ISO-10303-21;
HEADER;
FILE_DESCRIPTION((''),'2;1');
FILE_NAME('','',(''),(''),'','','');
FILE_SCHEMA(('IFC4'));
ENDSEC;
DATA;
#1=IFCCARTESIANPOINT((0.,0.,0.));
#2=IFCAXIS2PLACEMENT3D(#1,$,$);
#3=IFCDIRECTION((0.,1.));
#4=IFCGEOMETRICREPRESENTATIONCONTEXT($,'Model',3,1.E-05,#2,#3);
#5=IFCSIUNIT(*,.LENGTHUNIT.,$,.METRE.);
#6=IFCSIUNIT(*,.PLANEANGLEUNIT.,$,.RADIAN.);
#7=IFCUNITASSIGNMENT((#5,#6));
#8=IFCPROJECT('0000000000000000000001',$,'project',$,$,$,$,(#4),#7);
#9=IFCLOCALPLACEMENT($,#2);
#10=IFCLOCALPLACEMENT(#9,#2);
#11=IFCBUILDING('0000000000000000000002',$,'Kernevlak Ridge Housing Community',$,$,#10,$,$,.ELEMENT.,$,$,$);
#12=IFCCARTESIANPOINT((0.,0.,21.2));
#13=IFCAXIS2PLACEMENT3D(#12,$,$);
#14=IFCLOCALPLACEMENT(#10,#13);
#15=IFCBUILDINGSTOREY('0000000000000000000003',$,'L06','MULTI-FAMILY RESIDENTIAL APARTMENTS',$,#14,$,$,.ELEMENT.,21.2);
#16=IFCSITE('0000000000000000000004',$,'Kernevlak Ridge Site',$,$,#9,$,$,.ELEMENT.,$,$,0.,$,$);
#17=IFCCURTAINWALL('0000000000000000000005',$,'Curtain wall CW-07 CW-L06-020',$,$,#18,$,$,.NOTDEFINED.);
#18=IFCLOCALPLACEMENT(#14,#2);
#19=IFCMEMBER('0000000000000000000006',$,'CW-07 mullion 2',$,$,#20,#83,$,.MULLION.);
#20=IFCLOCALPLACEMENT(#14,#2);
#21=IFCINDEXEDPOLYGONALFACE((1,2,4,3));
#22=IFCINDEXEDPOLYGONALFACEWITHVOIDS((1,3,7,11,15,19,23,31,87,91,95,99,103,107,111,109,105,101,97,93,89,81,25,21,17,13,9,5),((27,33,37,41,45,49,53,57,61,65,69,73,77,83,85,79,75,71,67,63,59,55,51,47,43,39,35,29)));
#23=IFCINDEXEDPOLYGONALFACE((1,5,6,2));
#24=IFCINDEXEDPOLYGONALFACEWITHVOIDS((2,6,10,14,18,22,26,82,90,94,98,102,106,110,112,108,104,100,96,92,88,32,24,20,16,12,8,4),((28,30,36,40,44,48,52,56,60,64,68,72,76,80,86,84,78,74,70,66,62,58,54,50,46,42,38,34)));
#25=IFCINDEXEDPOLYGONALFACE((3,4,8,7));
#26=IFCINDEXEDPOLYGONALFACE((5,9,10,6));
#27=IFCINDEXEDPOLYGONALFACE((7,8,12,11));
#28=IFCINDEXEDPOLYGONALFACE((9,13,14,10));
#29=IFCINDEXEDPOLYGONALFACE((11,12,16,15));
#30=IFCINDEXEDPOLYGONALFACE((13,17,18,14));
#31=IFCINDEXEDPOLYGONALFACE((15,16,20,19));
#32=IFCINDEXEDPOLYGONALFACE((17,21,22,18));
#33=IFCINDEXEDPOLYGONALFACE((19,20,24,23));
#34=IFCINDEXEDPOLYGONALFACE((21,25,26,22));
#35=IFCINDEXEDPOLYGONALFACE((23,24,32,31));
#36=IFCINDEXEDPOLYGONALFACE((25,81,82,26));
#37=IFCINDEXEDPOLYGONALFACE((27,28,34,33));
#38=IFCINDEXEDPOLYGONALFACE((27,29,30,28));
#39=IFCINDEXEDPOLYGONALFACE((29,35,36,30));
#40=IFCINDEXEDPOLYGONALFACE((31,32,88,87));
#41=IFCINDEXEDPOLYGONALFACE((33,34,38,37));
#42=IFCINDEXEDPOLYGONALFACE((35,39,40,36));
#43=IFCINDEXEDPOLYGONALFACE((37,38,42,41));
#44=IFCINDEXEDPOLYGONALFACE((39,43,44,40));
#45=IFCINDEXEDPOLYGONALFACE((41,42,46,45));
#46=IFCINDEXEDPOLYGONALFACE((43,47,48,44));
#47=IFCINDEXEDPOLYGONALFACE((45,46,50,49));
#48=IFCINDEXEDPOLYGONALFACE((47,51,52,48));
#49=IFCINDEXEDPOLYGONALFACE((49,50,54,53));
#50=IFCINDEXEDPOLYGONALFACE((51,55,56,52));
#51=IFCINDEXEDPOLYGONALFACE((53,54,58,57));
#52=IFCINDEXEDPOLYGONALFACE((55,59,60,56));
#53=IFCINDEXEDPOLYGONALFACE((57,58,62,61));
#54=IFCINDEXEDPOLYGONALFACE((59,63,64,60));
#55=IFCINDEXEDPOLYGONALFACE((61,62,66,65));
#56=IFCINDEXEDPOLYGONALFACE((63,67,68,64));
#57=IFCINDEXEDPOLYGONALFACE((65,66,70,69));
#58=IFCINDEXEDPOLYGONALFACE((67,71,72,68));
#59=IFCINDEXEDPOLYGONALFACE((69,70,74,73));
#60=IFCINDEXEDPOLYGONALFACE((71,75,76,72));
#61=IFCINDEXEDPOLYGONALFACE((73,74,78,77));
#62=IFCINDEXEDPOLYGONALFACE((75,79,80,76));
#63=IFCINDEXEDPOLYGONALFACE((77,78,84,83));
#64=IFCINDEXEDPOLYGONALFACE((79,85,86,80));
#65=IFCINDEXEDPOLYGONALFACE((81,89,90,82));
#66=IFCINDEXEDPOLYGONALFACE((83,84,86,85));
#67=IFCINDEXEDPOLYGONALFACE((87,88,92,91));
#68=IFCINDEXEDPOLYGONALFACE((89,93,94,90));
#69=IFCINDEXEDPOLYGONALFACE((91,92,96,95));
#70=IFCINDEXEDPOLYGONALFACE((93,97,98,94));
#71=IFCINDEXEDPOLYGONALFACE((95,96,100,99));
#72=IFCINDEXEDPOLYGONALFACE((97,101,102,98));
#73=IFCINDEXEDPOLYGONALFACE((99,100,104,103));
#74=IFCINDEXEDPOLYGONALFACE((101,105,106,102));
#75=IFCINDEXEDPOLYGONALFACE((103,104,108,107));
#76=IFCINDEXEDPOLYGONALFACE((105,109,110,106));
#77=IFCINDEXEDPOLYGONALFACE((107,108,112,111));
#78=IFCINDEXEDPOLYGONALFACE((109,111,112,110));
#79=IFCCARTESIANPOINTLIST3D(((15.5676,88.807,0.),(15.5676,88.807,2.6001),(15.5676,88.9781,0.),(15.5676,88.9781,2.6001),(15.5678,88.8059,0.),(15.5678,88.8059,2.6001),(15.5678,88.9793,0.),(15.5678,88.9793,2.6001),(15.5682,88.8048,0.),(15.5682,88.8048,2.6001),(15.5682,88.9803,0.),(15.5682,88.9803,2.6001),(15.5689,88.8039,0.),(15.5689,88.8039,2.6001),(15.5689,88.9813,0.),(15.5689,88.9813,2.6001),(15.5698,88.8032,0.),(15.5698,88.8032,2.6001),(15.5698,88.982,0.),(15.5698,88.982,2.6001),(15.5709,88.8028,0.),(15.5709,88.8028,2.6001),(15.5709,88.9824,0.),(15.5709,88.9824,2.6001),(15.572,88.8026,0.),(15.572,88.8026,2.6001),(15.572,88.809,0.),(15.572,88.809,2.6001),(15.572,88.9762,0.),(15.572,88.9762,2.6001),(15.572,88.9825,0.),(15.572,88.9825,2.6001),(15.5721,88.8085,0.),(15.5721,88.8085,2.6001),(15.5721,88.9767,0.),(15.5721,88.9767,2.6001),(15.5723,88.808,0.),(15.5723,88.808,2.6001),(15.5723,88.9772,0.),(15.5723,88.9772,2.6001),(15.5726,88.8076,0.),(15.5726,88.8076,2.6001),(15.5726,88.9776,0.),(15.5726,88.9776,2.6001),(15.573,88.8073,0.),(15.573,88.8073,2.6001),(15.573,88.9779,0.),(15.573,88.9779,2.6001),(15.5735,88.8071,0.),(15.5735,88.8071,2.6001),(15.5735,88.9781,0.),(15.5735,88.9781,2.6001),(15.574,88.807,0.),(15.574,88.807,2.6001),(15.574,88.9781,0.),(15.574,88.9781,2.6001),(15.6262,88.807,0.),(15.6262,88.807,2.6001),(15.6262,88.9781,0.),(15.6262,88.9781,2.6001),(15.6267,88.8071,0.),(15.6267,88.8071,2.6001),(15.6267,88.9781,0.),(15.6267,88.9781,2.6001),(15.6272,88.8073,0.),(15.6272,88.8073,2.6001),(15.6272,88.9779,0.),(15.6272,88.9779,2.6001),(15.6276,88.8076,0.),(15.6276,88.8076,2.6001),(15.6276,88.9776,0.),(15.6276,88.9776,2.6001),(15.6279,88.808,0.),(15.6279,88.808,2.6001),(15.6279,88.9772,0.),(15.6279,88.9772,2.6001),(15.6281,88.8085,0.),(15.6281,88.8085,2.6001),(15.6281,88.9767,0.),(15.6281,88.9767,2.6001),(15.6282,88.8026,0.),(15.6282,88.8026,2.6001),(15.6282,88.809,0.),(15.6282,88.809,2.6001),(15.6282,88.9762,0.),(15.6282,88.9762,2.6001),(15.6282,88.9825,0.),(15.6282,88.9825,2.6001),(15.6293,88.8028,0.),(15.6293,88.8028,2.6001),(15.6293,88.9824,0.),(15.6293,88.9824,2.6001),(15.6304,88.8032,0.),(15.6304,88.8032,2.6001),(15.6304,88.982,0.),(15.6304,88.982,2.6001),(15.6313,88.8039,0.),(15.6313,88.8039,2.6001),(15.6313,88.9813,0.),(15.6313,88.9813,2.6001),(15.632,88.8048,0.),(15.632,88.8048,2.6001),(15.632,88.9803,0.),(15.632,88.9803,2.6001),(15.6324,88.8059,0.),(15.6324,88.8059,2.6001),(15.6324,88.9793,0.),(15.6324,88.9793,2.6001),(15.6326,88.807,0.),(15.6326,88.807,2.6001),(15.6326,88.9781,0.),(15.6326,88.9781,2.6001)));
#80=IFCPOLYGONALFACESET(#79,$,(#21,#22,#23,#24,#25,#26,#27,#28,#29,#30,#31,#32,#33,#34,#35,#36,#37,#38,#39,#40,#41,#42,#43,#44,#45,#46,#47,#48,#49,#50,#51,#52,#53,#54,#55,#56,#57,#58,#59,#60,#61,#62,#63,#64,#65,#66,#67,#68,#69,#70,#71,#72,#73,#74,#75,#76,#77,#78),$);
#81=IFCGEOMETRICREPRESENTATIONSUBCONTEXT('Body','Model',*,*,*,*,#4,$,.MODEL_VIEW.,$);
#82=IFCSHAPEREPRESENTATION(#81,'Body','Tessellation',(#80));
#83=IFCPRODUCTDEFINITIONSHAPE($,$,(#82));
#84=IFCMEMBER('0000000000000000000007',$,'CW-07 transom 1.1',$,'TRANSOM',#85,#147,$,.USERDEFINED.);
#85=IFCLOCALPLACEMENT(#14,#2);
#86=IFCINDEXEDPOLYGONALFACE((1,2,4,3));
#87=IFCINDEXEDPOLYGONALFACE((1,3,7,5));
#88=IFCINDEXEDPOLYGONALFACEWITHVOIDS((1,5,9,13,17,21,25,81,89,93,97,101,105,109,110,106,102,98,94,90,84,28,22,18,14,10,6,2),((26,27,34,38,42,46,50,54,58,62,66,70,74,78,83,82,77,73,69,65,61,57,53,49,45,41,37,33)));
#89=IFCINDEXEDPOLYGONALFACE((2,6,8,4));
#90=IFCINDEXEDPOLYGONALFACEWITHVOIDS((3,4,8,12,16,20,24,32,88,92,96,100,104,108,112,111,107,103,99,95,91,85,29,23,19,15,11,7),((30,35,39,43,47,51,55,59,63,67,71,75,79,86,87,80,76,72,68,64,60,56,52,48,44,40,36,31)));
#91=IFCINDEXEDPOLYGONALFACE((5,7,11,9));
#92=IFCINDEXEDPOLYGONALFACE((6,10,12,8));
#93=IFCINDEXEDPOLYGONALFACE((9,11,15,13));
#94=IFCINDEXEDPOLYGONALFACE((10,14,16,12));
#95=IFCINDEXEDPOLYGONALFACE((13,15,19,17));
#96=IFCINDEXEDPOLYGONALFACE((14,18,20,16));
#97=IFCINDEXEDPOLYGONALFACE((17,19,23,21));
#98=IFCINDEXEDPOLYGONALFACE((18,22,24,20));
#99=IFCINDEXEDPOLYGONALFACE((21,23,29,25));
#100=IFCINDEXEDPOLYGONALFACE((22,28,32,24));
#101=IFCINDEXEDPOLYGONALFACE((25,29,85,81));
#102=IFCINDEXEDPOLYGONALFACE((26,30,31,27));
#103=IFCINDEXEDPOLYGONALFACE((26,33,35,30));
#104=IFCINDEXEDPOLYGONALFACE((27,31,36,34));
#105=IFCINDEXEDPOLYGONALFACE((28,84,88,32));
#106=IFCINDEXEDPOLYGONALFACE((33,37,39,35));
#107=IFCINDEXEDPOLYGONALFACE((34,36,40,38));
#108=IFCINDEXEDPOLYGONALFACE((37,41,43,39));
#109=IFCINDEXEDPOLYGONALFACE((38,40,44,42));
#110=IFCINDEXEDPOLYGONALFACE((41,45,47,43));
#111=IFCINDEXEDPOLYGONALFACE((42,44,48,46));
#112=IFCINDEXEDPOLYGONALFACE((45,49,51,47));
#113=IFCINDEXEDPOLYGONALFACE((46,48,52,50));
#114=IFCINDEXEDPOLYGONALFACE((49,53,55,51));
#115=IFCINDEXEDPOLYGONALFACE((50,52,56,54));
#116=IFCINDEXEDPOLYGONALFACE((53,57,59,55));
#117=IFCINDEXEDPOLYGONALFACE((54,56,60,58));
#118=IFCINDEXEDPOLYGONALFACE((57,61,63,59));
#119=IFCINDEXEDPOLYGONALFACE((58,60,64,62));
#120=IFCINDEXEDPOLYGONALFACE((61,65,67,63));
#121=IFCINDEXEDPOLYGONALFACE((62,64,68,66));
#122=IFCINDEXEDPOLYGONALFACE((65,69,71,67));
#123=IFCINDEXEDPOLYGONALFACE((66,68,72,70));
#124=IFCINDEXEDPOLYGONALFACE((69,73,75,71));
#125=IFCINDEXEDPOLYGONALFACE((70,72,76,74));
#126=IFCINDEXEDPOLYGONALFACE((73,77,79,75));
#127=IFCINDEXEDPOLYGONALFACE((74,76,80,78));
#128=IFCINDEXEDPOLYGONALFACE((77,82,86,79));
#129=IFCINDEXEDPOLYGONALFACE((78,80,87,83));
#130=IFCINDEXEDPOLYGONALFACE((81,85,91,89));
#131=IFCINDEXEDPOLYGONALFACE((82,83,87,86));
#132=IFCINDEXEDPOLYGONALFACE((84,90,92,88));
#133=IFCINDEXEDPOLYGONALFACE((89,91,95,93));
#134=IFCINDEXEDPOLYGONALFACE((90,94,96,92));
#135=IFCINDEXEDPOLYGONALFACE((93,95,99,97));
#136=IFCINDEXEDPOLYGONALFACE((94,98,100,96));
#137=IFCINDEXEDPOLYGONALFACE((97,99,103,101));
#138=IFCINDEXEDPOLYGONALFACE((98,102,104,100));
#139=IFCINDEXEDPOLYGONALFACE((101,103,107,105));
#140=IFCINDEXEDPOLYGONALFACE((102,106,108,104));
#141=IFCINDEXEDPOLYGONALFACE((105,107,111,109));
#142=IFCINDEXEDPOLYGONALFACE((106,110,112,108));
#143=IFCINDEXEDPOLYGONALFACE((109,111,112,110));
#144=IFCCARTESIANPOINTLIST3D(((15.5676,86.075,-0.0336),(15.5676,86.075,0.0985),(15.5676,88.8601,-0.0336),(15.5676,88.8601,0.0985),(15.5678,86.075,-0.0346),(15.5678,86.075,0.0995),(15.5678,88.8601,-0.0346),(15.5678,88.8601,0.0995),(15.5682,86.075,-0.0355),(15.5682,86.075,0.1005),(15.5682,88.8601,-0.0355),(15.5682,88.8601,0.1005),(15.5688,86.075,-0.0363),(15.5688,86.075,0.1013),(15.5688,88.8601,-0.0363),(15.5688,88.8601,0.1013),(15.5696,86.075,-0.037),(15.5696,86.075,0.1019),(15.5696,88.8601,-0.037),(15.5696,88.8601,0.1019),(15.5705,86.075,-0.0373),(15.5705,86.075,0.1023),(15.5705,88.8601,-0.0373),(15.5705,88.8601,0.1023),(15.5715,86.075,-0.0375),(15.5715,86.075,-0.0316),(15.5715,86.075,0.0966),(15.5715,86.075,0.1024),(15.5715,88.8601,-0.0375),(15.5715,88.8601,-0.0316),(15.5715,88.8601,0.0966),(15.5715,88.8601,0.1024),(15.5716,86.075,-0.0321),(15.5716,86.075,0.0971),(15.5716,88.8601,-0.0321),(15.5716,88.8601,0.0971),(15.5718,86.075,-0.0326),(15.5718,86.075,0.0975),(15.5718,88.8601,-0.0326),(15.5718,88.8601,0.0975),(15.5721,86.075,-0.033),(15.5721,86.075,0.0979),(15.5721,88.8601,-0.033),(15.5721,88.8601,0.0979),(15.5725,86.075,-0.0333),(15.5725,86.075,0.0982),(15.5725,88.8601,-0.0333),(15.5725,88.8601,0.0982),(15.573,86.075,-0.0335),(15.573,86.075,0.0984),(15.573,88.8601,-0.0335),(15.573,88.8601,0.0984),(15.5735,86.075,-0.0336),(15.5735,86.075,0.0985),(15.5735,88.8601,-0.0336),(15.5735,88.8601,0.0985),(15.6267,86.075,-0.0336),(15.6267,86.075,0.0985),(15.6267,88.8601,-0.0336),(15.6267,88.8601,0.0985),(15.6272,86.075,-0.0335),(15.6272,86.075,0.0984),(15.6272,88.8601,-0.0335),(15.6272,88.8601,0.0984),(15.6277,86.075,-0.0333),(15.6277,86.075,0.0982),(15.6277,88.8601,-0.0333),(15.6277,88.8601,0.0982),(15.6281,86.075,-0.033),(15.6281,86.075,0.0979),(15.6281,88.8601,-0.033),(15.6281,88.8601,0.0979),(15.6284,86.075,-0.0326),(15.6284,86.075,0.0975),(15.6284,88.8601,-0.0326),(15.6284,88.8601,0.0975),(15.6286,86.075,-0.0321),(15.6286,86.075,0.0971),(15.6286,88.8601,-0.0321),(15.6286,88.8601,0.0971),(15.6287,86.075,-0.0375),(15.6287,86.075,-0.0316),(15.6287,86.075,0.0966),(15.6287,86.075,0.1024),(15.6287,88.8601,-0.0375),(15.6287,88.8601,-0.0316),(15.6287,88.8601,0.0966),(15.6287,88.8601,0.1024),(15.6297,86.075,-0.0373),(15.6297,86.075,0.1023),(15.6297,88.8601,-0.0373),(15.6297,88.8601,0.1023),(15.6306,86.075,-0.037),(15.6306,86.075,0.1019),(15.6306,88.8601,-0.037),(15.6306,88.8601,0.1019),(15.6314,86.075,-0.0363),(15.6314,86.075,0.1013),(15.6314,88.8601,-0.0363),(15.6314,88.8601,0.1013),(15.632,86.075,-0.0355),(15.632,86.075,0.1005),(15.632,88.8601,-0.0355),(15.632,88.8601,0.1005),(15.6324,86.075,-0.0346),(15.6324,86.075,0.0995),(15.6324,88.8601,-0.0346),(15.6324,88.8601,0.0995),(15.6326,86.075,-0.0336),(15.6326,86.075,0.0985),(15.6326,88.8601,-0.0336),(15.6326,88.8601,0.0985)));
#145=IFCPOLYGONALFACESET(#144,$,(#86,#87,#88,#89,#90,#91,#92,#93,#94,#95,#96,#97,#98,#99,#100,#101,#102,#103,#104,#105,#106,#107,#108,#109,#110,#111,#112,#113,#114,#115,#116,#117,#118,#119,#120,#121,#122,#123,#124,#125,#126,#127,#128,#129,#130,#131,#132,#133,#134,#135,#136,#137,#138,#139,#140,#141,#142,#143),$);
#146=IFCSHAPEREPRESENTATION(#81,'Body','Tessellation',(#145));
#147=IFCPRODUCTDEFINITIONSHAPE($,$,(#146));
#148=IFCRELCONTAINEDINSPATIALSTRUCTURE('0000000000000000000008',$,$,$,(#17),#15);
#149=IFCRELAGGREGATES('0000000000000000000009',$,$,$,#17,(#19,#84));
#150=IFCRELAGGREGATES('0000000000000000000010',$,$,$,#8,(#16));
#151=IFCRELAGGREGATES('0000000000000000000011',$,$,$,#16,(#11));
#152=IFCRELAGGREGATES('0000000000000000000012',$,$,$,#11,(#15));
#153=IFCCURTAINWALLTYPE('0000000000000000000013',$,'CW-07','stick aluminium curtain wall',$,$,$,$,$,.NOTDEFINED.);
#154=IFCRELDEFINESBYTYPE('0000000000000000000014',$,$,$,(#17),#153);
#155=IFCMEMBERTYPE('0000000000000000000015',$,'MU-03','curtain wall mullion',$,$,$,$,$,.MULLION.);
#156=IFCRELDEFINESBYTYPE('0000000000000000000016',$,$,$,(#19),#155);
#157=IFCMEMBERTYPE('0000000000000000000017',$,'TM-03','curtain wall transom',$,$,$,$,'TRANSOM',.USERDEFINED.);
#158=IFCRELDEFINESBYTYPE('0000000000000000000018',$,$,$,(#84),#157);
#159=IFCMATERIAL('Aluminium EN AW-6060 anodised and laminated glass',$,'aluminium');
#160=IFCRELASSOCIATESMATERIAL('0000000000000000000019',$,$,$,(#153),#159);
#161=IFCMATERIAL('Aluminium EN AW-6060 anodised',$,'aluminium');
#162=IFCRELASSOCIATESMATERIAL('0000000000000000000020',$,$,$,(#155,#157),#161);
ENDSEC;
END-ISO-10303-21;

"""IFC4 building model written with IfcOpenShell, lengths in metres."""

from ifc_helpers import new_model, si_unit, direction, frame, origin, origin_2d, place, context, subcontext, project, spatial, hollow_rectangle, extrude, material, material_profile, profile_set, type_object, element, aggregate, save


model = new_model("IFC4")

# Units and contexts
model_context = context("Model", 3, precision=1e-05, world=origin(), true_north=direction((0.0, 1.0)))
body_context = subcontext(model_context, "Body", "Model", "MODEL_VIEW")
ifc_project = project(units=[si_unit("LENGTHUNIT", "METRE"), si_unit("PLANEANGLEUNIT", "RADIAN")], contexts=[model_context])

# Site, building, storey
site_placement = place(None, origin())
site = spatial("IfcSite", under=ifc_project, at=site_placement, Name="Kernevlak Ridge Site", CompositionType="ELEMENT", RefElevation=0.0)
building_placement = place(site_placement, origin())
building = spatial("IfcBuilding", under=site, at=building_placement, Name="Kernevlak Ridge Housing Community", CompositionType="ELEMENT")
storey_placement = place(building_placement, frame((0.0, 0.0, 21.2)))
storey = spatial("IfcBuildingStorey", under=building, at=storey_placement, Name="L06", Description="MULTI-FAMILY RESIDENTIAL APARTMENTS", CompositionType="ELEMENT", Elevation=21.2)

# Shared definitions
ifc_material_1 = material(Name="Aluminium EN AW-6060 anodised and laminated glass", Category="aluminium")
ifc_material_2 = material(Name="Aluminium EN AW-6060 anodised", Category="aluminium")

# Curtain wall, members
curtain_wall_type_1 = type_object("IfcCurtainWallType", Name="CW-07", Description="stick aluminium curtain wall", PredefinedType="NOTDEFINED", material=ifc_material_1)
curtain_wall_1_placement = place(storey_placement, origin())
curtain_wall_1 = element("IfcCurtainWall", 1, at=curtain_wall_1_placement, inside=storey, type_object=curtain_wall_type_1, Name="Curtain wall CW-07 CW-L06-020", PredefinedType="NOTDEFINED")
ifc_material_profile_1 = material_profile(ifc_material_2, hollow_rectangle(XDim=0.0649, YDim=0.1799, WallThickness=0.0044, InnerFilletRadius=0.002, OuterFilletRadius=0.0044, at=origin_2d()), Name="ALU 65x180x4.5")
ifc_profile_set_1 = profile_set([ifc_material_profile_1], Name="Aluminium EN AW-6060 anodised")
member_type_1 = type_object("IfcMemberType", Name="MU-03", Description="curtain wall mullion", PredefinedType="MULLION", material=ifc_profile_set_1)
member_1_placement = place(storey_placement, frame((15.6001, 88.8926, 0.0), z_axis=(0.0, 0.0, 1.0), x_axis=(-1.0, 0.0, 0.0)))
member_1 = element("IfcMember", 2, at=member_1_placement, type_object=member_type_1, Name="CW-07 mullion 2", PredefinedType="MULLION", context=body_context, shape_type="SweptSolid", body=[
    extrude(hollow_rectangle(XDim=0.0649, YDim=0.1799, WallThickness=0.0044, InnerFilletRadius=0.002, OuterFilletRadius=0.0044, at=origin_2d()), origin(), (0.0, 0.0, 1.0), 2.6001),
])
ifc_material_profile_2 = material_profile(ifc_material_2, hollow_rectangle(XDim=0.0649, YDim=0.1399, WallThickness=0.0039, InnerFilletRadius=0.002, OuterFilletRadius=0.0039, at=origin_2d()), Name="ALU 65x140x4")
ifc_profile_set_2 = profile_set([ifc_material_profile_2], Name="Aluminium EN AW-6060 anodised")
member_type_2 = type_object("IfcMemberType", Name="TM-03", Description="curtain wall transom", ElementType="TRANSOM", PredefinedType="USERDEFINED", material=ifc_profile_set_2)
member_2_placement = place(storey_placement, frame((15.6001, 86.075, 0.0325), z_axis=(0.0, 1.0, 0.0), x_axis=(-1.0, 0.0, 0.0)))
member_2 = element("IfcMember", 3, at=member_2_placement, type_object=member_type_2, Name="CW-07 transom 1.1", ObjectType="TRANSOM", PredefinedType="USERDEFINED", context=body_context, shape_type="SweptSolid", body=[
    extrude(hollow_rectangle(XDim=0.0649, YDim=0.1399, WallThickness=0.0039, InnerFilletRadius=0.002, OuterFilletRadius=0.0039, at=origin_2d()), origin(), (0.0, 0.0, 1.0), 2.7852),
])
aggregate(curtain_wall_1, [member_1, member_2])

save(model, "model.ifc")
